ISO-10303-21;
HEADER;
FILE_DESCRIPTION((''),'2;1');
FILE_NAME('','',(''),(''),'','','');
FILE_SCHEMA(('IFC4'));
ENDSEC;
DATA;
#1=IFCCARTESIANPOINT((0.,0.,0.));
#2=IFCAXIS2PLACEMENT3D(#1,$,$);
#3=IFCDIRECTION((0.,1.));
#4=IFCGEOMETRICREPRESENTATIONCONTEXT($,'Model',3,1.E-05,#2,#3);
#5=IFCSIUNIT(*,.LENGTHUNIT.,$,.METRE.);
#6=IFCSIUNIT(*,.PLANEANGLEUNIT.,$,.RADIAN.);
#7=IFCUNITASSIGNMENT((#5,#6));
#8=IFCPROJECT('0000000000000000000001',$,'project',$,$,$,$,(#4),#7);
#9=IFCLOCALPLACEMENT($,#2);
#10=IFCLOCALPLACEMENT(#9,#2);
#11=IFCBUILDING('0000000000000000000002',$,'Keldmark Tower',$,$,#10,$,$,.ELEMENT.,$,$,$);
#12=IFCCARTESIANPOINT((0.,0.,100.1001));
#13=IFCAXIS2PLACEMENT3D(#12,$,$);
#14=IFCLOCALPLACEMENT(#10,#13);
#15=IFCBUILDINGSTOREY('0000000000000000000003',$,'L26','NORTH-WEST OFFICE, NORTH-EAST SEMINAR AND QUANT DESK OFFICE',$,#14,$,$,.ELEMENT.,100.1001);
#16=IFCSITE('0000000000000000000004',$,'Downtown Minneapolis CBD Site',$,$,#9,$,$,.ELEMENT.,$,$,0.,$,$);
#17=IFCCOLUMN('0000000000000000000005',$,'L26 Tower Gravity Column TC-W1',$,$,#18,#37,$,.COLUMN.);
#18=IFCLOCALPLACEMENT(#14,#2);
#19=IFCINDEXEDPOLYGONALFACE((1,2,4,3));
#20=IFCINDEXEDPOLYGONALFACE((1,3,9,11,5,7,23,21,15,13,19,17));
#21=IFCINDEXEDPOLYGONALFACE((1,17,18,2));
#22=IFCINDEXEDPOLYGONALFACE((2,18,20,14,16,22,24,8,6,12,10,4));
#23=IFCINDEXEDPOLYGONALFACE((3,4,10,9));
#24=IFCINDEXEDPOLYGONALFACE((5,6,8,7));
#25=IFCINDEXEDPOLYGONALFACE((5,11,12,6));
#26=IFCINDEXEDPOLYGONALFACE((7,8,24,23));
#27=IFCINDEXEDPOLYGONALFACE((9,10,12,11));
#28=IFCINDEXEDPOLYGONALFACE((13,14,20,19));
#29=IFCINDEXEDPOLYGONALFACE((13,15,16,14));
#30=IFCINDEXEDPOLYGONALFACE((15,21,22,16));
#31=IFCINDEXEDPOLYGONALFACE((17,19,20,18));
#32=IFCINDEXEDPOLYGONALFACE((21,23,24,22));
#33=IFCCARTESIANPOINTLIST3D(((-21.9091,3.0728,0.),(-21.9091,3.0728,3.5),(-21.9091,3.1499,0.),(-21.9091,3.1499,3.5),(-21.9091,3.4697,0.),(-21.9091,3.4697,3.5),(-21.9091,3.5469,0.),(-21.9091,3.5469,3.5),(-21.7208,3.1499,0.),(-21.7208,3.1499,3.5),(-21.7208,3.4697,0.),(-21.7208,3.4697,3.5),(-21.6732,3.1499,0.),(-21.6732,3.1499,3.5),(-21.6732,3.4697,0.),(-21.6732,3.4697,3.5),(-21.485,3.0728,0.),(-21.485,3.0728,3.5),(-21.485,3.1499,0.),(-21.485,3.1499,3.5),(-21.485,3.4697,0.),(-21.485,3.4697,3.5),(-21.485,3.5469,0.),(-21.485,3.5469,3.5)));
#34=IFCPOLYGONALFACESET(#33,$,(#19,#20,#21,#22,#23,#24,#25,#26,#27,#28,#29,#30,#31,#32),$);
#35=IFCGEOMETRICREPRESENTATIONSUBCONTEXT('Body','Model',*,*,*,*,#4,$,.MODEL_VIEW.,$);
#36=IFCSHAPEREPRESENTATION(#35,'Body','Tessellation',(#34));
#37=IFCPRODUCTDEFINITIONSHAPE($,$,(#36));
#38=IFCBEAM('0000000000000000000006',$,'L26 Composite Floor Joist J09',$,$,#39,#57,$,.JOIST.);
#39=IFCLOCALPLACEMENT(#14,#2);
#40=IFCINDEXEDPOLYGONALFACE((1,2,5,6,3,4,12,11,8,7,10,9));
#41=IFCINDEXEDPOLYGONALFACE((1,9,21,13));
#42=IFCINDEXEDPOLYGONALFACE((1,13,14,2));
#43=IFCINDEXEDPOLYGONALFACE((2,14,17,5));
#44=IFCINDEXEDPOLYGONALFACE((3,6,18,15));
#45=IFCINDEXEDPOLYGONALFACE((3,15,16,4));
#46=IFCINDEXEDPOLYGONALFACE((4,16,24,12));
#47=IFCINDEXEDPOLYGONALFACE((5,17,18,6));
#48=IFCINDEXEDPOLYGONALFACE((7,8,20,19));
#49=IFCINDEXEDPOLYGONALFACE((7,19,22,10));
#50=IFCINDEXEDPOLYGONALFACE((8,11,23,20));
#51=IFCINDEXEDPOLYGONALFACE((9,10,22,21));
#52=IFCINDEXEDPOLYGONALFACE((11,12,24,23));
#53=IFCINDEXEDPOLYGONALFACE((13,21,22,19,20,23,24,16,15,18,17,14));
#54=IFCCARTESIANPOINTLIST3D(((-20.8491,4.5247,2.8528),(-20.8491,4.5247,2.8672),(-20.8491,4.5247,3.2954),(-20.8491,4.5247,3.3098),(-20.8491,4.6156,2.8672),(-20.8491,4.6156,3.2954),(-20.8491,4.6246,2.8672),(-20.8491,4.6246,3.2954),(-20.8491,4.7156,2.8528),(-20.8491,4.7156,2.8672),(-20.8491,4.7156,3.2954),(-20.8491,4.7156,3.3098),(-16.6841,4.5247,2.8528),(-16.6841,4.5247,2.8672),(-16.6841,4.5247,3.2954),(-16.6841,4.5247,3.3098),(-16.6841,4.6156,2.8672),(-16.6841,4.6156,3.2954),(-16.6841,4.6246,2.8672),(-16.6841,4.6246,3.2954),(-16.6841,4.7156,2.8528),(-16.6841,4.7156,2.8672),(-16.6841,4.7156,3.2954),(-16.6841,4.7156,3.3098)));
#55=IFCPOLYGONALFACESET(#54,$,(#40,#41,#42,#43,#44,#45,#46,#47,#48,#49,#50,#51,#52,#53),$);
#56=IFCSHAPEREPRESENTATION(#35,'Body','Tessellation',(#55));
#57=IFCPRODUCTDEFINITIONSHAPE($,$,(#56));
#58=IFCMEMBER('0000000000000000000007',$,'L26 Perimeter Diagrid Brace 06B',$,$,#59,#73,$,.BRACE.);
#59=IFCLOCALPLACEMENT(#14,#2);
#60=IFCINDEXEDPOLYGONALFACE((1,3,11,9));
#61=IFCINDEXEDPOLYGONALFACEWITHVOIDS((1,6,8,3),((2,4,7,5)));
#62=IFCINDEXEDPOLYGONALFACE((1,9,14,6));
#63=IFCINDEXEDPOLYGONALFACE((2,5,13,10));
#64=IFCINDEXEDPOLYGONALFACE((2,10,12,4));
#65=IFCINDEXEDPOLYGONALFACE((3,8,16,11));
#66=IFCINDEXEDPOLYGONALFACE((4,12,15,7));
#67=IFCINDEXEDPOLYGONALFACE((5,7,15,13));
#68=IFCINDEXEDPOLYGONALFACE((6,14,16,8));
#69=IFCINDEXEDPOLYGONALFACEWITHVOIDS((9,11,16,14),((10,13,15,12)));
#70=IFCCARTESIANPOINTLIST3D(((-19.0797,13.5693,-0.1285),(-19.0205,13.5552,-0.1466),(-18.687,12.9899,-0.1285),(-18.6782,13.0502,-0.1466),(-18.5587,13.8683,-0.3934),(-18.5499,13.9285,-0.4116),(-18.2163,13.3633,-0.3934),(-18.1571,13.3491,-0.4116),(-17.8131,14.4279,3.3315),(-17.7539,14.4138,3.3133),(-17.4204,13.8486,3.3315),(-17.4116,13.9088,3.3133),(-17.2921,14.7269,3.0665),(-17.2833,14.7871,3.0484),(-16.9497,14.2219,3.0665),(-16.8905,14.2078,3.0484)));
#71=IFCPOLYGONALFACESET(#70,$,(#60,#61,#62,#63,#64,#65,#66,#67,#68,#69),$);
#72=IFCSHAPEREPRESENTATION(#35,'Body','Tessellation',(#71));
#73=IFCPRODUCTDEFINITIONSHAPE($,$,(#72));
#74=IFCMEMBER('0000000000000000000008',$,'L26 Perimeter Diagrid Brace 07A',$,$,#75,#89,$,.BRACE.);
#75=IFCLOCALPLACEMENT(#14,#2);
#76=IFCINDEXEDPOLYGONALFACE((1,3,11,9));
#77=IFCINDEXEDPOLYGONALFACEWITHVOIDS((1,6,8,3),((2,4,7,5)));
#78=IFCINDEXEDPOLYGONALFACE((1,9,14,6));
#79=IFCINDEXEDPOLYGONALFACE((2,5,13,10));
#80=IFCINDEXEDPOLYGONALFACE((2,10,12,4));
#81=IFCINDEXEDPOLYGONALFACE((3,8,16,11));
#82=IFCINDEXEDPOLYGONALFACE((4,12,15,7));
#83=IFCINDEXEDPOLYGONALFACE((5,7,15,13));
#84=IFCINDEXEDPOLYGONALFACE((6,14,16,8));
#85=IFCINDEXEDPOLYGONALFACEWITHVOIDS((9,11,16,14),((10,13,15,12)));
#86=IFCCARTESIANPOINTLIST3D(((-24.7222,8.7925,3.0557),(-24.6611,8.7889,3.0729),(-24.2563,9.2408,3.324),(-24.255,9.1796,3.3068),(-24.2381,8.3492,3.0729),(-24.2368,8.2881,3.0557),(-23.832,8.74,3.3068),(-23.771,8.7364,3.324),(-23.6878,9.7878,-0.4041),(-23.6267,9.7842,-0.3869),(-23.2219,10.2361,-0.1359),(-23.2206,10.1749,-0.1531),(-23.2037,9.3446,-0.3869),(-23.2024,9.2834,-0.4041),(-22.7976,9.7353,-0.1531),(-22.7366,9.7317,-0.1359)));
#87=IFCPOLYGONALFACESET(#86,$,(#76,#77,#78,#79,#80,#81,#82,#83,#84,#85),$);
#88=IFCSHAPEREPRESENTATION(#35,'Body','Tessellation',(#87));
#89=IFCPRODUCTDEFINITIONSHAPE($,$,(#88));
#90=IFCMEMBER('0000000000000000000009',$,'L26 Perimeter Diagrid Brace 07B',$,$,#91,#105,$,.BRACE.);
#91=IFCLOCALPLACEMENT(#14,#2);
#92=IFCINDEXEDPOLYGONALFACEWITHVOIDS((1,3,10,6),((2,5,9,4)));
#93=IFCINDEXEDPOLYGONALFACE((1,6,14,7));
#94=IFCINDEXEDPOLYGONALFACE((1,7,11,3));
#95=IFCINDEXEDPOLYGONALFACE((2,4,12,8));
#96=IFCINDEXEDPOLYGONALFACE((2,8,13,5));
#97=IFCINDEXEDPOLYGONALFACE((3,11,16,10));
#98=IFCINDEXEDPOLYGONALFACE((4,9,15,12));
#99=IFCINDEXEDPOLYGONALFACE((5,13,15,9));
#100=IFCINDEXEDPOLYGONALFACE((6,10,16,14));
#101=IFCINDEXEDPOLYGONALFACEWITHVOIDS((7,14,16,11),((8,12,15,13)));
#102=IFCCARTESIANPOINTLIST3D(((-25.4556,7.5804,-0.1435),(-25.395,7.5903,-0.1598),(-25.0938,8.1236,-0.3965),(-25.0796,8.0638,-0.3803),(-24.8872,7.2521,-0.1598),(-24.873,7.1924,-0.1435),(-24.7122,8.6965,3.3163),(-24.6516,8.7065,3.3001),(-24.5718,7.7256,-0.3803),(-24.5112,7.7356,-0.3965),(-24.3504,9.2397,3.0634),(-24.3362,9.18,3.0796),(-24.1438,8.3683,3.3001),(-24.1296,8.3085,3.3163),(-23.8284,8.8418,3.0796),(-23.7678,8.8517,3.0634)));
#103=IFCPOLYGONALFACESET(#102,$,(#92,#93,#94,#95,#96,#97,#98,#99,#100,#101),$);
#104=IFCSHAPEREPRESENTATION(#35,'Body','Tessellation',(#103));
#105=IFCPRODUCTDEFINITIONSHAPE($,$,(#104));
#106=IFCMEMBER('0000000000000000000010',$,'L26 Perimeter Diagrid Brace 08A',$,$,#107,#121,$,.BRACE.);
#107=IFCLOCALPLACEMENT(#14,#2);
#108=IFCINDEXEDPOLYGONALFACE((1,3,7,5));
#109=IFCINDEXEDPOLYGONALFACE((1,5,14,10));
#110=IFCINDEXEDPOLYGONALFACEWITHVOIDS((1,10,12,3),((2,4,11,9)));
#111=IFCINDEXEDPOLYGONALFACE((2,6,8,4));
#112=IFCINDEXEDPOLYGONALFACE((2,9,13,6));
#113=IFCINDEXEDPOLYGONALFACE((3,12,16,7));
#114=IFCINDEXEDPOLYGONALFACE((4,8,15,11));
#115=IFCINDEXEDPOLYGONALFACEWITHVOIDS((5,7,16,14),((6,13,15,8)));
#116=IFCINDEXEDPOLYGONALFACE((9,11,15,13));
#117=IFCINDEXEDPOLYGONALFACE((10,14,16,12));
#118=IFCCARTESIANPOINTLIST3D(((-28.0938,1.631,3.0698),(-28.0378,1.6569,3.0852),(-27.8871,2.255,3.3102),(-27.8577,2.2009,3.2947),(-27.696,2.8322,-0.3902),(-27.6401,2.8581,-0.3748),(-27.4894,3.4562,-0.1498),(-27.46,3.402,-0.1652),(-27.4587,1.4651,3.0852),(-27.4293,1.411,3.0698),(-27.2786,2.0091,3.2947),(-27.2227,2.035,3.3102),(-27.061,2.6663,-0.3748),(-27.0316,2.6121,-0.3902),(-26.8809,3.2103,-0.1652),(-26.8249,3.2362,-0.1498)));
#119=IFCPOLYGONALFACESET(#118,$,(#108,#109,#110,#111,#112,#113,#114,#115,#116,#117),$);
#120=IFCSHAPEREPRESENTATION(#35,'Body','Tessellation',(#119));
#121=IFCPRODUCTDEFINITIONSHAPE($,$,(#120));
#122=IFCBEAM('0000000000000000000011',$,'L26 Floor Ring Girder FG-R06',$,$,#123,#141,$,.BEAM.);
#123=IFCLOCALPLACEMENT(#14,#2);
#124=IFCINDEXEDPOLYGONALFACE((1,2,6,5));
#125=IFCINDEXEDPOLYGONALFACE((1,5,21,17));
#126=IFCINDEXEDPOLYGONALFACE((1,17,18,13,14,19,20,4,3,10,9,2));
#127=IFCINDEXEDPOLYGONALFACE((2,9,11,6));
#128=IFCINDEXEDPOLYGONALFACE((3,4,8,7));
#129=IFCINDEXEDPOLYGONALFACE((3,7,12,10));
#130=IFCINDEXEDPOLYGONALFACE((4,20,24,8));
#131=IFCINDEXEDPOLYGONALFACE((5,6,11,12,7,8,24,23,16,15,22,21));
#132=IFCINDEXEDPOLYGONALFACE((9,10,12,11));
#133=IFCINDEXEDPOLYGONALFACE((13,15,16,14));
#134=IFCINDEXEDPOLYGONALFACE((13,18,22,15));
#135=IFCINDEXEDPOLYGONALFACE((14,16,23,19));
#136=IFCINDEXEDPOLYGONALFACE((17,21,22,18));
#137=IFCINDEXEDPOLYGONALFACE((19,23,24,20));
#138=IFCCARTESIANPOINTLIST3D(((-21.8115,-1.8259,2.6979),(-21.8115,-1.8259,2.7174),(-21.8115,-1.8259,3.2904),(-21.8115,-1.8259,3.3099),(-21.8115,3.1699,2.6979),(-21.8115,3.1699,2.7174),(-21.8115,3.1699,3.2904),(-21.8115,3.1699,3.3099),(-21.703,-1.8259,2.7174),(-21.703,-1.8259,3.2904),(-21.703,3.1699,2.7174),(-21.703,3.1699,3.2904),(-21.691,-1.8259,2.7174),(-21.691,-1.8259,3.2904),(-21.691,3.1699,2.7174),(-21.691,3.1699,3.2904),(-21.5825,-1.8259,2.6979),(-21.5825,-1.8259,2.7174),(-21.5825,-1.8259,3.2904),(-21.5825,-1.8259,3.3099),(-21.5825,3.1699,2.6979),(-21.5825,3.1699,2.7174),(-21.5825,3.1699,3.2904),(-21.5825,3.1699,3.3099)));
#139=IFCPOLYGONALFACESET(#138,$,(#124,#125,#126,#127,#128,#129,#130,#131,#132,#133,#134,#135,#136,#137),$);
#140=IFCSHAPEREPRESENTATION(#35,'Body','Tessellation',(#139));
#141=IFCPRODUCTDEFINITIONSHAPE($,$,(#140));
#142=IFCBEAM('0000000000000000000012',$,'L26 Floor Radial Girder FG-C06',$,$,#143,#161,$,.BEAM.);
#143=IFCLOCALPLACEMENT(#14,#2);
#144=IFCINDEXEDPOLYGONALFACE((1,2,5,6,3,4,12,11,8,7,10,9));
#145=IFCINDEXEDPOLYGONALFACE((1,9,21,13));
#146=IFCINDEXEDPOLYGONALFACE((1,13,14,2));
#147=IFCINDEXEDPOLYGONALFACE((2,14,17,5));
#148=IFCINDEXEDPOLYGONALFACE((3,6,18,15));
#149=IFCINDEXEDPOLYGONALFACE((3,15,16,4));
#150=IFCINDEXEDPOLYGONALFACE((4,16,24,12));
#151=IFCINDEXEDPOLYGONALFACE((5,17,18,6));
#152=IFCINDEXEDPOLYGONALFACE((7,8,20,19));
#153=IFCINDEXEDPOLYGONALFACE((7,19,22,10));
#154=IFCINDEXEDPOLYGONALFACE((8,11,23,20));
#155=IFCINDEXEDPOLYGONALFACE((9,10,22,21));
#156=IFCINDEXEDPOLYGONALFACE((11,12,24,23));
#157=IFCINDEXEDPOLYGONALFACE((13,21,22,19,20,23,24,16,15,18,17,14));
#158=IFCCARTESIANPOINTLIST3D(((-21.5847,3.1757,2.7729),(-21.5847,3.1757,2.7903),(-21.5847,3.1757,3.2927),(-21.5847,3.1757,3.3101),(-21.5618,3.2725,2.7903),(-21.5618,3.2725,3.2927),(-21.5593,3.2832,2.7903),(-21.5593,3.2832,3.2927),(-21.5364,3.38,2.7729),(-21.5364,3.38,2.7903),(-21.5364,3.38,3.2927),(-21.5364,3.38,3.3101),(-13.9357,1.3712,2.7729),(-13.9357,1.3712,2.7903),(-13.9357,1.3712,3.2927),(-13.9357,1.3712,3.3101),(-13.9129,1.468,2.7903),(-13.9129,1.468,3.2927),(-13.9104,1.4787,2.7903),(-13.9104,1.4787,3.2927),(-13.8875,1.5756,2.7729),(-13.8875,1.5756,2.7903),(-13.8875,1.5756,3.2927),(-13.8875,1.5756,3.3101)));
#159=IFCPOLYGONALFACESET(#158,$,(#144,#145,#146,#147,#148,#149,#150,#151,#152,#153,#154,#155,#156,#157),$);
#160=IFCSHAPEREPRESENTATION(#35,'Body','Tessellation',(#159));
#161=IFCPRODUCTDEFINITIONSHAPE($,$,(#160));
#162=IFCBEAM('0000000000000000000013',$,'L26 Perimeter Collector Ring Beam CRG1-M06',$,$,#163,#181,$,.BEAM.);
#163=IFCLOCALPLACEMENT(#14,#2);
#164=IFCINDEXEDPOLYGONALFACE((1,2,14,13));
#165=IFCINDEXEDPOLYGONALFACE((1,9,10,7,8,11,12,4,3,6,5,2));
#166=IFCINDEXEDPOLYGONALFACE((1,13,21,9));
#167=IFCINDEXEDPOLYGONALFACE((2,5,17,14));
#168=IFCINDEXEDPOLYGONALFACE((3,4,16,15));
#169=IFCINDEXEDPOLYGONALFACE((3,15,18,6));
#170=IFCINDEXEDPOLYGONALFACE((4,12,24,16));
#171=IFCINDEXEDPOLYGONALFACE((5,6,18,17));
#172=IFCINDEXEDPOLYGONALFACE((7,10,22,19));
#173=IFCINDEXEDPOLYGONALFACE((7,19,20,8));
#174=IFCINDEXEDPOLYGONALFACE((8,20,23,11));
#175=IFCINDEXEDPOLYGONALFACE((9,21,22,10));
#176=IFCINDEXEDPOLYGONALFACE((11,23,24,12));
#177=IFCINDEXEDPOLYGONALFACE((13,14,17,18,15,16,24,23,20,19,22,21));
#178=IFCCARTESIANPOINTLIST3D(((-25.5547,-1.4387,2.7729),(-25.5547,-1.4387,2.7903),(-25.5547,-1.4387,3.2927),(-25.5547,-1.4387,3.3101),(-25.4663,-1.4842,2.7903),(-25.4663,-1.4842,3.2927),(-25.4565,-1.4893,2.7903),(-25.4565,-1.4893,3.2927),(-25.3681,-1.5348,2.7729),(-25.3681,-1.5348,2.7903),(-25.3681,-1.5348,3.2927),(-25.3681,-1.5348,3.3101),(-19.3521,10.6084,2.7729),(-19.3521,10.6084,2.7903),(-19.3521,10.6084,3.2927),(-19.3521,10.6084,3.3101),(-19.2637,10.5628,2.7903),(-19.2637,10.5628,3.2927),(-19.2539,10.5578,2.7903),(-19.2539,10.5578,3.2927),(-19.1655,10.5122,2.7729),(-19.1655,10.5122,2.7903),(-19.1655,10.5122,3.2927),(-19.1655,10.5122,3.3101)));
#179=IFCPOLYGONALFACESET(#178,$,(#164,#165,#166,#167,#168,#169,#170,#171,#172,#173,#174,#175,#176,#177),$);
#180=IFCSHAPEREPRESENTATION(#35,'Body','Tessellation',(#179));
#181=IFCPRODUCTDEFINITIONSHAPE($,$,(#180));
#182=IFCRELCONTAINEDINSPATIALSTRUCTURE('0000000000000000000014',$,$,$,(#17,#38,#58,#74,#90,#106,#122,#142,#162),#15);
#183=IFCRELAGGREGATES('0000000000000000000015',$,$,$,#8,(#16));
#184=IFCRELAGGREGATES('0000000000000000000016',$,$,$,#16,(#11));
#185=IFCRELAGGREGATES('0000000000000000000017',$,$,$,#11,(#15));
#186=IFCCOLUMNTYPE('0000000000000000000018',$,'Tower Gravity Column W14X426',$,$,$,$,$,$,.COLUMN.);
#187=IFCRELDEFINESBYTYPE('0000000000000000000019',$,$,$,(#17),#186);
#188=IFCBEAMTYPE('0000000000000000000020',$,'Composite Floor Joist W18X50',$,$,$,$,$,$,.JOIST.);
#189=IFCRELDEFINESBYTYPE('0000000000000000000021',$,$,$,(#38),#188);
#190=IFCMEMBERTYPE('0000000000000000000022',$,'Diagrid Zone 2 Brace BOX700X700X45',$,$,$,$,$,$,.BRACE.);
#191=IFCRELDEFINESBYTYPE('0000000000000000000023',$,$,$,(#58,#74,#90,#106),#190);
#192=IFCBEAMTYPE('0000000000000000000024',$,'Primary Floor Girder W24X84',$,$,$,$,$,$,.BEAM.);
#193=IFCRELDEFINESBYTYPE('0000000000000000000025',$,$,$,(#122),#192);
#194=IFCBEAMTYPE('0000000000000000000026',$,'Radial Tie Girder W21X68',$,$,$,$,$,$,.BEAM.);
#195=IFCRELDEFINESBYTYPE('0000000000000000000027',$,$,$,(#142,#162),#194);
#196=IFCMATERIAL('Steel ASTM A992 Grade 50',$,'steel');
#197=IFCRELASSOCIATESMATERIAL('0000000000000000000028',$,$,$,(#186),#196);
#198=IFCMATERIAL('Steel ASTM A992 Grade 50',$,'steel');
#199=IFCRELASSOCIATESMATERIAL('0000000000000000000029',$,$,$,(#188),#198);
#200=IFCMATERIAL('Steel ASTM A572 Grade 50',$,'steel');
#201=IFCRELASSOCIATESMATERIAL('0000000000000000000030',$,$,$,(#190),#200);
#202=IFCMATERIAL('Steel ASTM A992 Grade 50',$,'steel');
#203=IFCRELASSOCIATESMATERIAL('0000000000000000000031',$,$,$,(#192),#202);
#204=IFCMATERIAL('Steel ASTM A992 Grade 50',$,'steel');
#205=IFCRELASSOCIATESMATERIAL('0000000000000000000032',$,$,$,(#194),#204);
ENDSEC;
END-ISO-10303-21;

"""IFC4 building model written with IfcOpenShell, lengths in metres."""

from ifc_helpers import new_model, si_unit, direction, frame, origin, origin_2d, place, context, subcontext, project, spatial, hollow_rectangle, i_section, extrude, material, material_profile, profile_set, type_object, element, save


model = new_model("IFC4")

# Units and contexts
model_context = context("Model", 3, precision=1e-05, world=origin(), true_north=direction((0.0, 1.0)))
body_context = subcontext(model_context, "Body", "Model", "MODEL_VIEW")
ifc_project = project(units=[si_unit("LENGTHUNIT", "METRE"), si_unit("PLANEANGLEUNIT", "RADIAN")], contexts=[model_context])

# Site, building, storey
site_placement = place(None, origin())
site = spatial("IfcSite", under=ifc_project, at=site_placement, Name="Downtown Minneapolis CBD Site", CompositionType="ELEMENT", RefElevation=0.0)
building_placement = place(site_placement, origin())
building = spatial("IfcBuilding", under=site, at=building_placement, Name="Keldmark Tower", CompositionType="ELEMENT")
storey_placement = place(building_placement, frame((0.0, 0.0, 100.1001)))
storey = spatial("IfcBuildingStorey", under=building, at=storey_placement, Name="L26", Description="NORTH-WEST OFFICE, NORTH-EAST SEMINAR AND QUANT DESK OFFICE", CompositionType="ELEMENT", Elevation=100.1001)

# Column
ifc_material_1 = material(Name="Steel ASTM A992 Grade 50", Category="steel")
ifc_material_profile_1 = material_profile(ifc_material_1, i_section(OverallWidth=0.4241, OverallDepth=0.4741, WebThickness=0.0476, FlangeThickness=0.0771, at=origin_2d()), Name="W14X426")
ifc_profile_set_1 = profile_set([ifc_material_profile_1], Name="Steel ASTM A992 Grade 50")
column_type = type_object("IfcColumnType", Name="Tower Gravity Column W14X426", PredefinedType="COLUMN", material=ifc_profile_set_1)
column_placement = place(storey_placement, frame((-21.697, 3.3098, 0.0), z_axis=(0.0, 0.0, 1.0), x_axis=(1.0, 0.0, 0.0)))
element("IfcColumn", 1, at=column_placement, inside=storey, type_object=column_type, Name="L26 Tower Gravity Column TC-W1", PredefinedType="COLUMN", context=body_context, shape_type="SweptSolid", body=[
    extrude(i_section(OverallWidth=0.4241, OverallDepth=0.4741, WebThickness=0.0476, FlangeThickness=0.0771, at=origin_2d()), origin(), (0.0, 0.0, 1.0), 3.5),
])

# Beam
ifc_material_2 = material(Name="Steel ASTM A992 Grade 50", Category="steel")
ifc_material_profile_2 = material_profile(ifc_material_2, i_section(OverallWidth=0.1909, OverallDepth=0.457, WebThickness=0.009, FlangeThickness=0.0144, at=origin_2d()), Name="W18X50")
ifc_profile_set_2 = profile_set([ifc_material_profile_2], Name="Steel ASTM A992 Grade 50")
beam_type_1 = type_object("IfcBeamType", Name="Composite Floor Joist W18X50", PredefinedType="JOIST", material=ifc_profile_set_2)
beam_1_placement = place(storey_placement, frame((-20.8491, 4.6201, 3.0813), z_axis=(1.0, 0.0, 0.0), x_axis=(0.0, 1.0, 0.0)))
element("IfcBeam", 2, at=beam_1_placement, inside=storey, type_object=beam_type_1, Name="L26 Composite Floor Joist J09", PredefinedType="JOIST", context=body_context, shape_type="SweptSolid", body=[
    extrude(i_section(OverallWidth=0.1909, OverallDepth=0.457, WebThickness=0.009, FlangeThickness=0.0144, at=origin_2d()), origin(), (0.0, 0.0, 1.0), 4.165),
])

# Members
ifc_material_3 = material(Name="Steel ASTM A572 Grade 50", Category="steel")
ifc_material_profile_3 = material_profile(ifc_material_3, hollow_rectangle(XDim=0.7, YDim=0.7, WallThickness=0.0449, at=origin_2d()), Name="BOX700X700X45")
ifc_profile_set_3 = profile_set([ifc_material_profile_3], Name="Steel ASTM A572 Grade 50")
member_type = type_object("IfcMemberType", Name="Diagrid Zone 2 Brace BOX700X700X45", PredefinedType="BRACE", material=ifc_profile_set_3)
member_1_placement = place(storey_placement, frame((-18.6184, 13.4592, -0.27), z_axis=(0.334793, 0.22696, 0.914551), x_axis=(-0.561127, 0.82773, 0.0)))
element("IfcMember", 3, at=member_1_placement, inside=storey, type_object=member_type, Name="L26 Perimeter Diagrid Brace 06B", PredefinedType="BRACE", context=body_context, shape_type="SweptSolid", body=[
    extrude(hollow_rectangle(XDim=0.7, YDim=0.7, WallThickness=0.0449, at=origin_2d()), origin(), (0.0, 0.0, 1.0), 3.7832),
])
member_2_placement = place(storey_placement, frame((-23.2122, 9.7598, -0.27), z_axis=(-0.276145, -0.265717, 0.923655), x_axis=(0.69337, -0.720581, 0.0)))
element("IfcMember", 4, at=member_2_placement, inside=storey, type_object=member_type, Name="L26 Perimeter Diagrid Brace 07A", PredefinedType="BRACE", context=body_context, shape_type="SweptSolid", body=[
    extrude(hollow_rectangle(XDim=0.7, YDim=0.7, WallThickness=0.0449, at=origin_2d()), origin(), (0.0, 0.0, 1.0), 3.7458),
])
member_3_placement = place(storey_placement, frame((-24.9834, 7.658, -0.27), z_axis=(0.200337, 0.300802, 0.932407), x_axis=(-0.832302, 0.554322, 0.0)))
element("IfcMember", 5, at=member_3_placement, inside=storey, type_object=member_type, Name="L26 Perimeter Diagrid Brace 07B", PredefinedType="BRACE", context=body_context, shape_type="SweptSolid", body=[
    extrude(hollow_rectangle(XDim=0.7, YDim=0.7, WallThickness=0.0449, at=origin_2d()), origin(), (0.0, 0.0, 1.0), 3.7107),
])
member_4_placement = place(storey_placement, frame((-27.2605, 3.0342, -0.27), z_axis=(-0.107953, -0.326046, 0.93917), x_axis=(0.949318, -0.314317, 0.0)))
element("IfcMember", 6, at=member_4_placement, inside=storey, type_object=member_type, Name="L26 Perimeter Diagrid Brace 08A", PredefinedType="BRACE", context=body_context, shape_type="SweptSolid", body=[
    extrude(hollow_rectangle(XDim=0.7, YDim=0.7, WallThickness=0.0449, at=origin_2d()), origin(), (0.0, 0.0, 1.0), 3.6841),
])

# Beams
ifc_material_4 = material(Name="Steel ASTM A992 Grade 50", Category="steel")
ifc_material_profile_4 = material_profile(ifc_material_4, i_section(OverallWidth=0.229, OverallDepth=0.6121, WebThickness=0.012, FlangeThickness=0.0195, at=origin_2d()), Name="W24X84")
ifc_profile_set_4 = profile_set([ifc_material_profile_4], Name="Steel ASTM A992 Grade 50")
beam_type_2 = type_object("IfcBeamType", Name="Primary Floor Girder W24X84", PredefinedType="BEAM", material=ifc_profile_set_4)
beam_2_placement = place(storey_placement, frame((-21.697, 3.1699, 3.0039), z_axis=(0.0, -1.0, 0.0), x_axis=(1.0, 0.0, 0.0)))
element("IfcBeam", 7, at=beam_2_placement, inside=storey, type_object=beam_type_2, Name="L26 Floor Ring Girder FG-R06", PredefinedType="BEAM", context=body_context, shape_type="SweptSolid", body=[
    extrude(i_section(OverallWidth=0.229, OverallDepth=0.6121, WebThickness=0.012, FlangeThickness=0.0195, at=origin_2d()), origin(), (0.0, 0.0, 1.0), 4.9958),
])
ifc_material_5 = material(Name="Steel ASTM A992 Grade 50", Category="steel")
ifc_material_profile_5 = material_profile(ifc_material_5, i_section(OverallWidth=0.21, OverallDepth=0.5371, WebThickness=0.011, FlangeThickness=0.0173, at=origin_2d()), Name="W21X68")
ifc_profile_set_5 = profile_set([ifc_material_profile_5], Name="Steel ASTM A992 Grade 50")
beam_type_3 = type_object("IfcBeamType", Name="Radial Tie Girder W21X68", PredefinedType="BEAM", material=ifc_profile_set_5)
beam_3_placement = place(storey_placement, frame((-21.5605, 3.2778, 3.0415), z_axis=(0.973284, -0.229606, 0.0), x_axis=(0.229606, 0.973284, 0.0)))
element("IfcBeam", 8, at=beam_3_placement, inside=storey, type_object=beam_type_3, Name="L26 Floor Radial Girder FG-C06", PredefinedType="BEAM", context=body_context, shape_type="SweptSolid", body=[
    extrude(i_section(OverallWidth=0.21, OverallDepth=0.5371, WebThickness=0.011, FlangeThickness=0.0173, at=origin_2d()), origin(), (0.0, 0.0, 1.0), 7.8589),
])
beam_4_placement = place(storey_placement, frame((-19.2588, 10.5603, 3.0415), z_axis=(-0.457755, -0.889078, 0.0), x_axis=(0.889078, -0.457755, 0.0)))
element("IfcBeam", 9, at=beam_4_placement, inside=storey, type_object=beam_type_3, Name="L26 Perimeter Collector Ring Beam CRG1-M06", PredefinedType="BEAM", context=body_context, shape_type="SweptSolid", body=[
    extrude(i_section(OverallWidth=0.21, OverallDepth=0.5371, WebThickness=0.011, FlangeThickness=0.0173, at=origin_2d()), origin(), (0.0, 0.0, 1.0), 13.55),
])

save(model, "model.ifc")
